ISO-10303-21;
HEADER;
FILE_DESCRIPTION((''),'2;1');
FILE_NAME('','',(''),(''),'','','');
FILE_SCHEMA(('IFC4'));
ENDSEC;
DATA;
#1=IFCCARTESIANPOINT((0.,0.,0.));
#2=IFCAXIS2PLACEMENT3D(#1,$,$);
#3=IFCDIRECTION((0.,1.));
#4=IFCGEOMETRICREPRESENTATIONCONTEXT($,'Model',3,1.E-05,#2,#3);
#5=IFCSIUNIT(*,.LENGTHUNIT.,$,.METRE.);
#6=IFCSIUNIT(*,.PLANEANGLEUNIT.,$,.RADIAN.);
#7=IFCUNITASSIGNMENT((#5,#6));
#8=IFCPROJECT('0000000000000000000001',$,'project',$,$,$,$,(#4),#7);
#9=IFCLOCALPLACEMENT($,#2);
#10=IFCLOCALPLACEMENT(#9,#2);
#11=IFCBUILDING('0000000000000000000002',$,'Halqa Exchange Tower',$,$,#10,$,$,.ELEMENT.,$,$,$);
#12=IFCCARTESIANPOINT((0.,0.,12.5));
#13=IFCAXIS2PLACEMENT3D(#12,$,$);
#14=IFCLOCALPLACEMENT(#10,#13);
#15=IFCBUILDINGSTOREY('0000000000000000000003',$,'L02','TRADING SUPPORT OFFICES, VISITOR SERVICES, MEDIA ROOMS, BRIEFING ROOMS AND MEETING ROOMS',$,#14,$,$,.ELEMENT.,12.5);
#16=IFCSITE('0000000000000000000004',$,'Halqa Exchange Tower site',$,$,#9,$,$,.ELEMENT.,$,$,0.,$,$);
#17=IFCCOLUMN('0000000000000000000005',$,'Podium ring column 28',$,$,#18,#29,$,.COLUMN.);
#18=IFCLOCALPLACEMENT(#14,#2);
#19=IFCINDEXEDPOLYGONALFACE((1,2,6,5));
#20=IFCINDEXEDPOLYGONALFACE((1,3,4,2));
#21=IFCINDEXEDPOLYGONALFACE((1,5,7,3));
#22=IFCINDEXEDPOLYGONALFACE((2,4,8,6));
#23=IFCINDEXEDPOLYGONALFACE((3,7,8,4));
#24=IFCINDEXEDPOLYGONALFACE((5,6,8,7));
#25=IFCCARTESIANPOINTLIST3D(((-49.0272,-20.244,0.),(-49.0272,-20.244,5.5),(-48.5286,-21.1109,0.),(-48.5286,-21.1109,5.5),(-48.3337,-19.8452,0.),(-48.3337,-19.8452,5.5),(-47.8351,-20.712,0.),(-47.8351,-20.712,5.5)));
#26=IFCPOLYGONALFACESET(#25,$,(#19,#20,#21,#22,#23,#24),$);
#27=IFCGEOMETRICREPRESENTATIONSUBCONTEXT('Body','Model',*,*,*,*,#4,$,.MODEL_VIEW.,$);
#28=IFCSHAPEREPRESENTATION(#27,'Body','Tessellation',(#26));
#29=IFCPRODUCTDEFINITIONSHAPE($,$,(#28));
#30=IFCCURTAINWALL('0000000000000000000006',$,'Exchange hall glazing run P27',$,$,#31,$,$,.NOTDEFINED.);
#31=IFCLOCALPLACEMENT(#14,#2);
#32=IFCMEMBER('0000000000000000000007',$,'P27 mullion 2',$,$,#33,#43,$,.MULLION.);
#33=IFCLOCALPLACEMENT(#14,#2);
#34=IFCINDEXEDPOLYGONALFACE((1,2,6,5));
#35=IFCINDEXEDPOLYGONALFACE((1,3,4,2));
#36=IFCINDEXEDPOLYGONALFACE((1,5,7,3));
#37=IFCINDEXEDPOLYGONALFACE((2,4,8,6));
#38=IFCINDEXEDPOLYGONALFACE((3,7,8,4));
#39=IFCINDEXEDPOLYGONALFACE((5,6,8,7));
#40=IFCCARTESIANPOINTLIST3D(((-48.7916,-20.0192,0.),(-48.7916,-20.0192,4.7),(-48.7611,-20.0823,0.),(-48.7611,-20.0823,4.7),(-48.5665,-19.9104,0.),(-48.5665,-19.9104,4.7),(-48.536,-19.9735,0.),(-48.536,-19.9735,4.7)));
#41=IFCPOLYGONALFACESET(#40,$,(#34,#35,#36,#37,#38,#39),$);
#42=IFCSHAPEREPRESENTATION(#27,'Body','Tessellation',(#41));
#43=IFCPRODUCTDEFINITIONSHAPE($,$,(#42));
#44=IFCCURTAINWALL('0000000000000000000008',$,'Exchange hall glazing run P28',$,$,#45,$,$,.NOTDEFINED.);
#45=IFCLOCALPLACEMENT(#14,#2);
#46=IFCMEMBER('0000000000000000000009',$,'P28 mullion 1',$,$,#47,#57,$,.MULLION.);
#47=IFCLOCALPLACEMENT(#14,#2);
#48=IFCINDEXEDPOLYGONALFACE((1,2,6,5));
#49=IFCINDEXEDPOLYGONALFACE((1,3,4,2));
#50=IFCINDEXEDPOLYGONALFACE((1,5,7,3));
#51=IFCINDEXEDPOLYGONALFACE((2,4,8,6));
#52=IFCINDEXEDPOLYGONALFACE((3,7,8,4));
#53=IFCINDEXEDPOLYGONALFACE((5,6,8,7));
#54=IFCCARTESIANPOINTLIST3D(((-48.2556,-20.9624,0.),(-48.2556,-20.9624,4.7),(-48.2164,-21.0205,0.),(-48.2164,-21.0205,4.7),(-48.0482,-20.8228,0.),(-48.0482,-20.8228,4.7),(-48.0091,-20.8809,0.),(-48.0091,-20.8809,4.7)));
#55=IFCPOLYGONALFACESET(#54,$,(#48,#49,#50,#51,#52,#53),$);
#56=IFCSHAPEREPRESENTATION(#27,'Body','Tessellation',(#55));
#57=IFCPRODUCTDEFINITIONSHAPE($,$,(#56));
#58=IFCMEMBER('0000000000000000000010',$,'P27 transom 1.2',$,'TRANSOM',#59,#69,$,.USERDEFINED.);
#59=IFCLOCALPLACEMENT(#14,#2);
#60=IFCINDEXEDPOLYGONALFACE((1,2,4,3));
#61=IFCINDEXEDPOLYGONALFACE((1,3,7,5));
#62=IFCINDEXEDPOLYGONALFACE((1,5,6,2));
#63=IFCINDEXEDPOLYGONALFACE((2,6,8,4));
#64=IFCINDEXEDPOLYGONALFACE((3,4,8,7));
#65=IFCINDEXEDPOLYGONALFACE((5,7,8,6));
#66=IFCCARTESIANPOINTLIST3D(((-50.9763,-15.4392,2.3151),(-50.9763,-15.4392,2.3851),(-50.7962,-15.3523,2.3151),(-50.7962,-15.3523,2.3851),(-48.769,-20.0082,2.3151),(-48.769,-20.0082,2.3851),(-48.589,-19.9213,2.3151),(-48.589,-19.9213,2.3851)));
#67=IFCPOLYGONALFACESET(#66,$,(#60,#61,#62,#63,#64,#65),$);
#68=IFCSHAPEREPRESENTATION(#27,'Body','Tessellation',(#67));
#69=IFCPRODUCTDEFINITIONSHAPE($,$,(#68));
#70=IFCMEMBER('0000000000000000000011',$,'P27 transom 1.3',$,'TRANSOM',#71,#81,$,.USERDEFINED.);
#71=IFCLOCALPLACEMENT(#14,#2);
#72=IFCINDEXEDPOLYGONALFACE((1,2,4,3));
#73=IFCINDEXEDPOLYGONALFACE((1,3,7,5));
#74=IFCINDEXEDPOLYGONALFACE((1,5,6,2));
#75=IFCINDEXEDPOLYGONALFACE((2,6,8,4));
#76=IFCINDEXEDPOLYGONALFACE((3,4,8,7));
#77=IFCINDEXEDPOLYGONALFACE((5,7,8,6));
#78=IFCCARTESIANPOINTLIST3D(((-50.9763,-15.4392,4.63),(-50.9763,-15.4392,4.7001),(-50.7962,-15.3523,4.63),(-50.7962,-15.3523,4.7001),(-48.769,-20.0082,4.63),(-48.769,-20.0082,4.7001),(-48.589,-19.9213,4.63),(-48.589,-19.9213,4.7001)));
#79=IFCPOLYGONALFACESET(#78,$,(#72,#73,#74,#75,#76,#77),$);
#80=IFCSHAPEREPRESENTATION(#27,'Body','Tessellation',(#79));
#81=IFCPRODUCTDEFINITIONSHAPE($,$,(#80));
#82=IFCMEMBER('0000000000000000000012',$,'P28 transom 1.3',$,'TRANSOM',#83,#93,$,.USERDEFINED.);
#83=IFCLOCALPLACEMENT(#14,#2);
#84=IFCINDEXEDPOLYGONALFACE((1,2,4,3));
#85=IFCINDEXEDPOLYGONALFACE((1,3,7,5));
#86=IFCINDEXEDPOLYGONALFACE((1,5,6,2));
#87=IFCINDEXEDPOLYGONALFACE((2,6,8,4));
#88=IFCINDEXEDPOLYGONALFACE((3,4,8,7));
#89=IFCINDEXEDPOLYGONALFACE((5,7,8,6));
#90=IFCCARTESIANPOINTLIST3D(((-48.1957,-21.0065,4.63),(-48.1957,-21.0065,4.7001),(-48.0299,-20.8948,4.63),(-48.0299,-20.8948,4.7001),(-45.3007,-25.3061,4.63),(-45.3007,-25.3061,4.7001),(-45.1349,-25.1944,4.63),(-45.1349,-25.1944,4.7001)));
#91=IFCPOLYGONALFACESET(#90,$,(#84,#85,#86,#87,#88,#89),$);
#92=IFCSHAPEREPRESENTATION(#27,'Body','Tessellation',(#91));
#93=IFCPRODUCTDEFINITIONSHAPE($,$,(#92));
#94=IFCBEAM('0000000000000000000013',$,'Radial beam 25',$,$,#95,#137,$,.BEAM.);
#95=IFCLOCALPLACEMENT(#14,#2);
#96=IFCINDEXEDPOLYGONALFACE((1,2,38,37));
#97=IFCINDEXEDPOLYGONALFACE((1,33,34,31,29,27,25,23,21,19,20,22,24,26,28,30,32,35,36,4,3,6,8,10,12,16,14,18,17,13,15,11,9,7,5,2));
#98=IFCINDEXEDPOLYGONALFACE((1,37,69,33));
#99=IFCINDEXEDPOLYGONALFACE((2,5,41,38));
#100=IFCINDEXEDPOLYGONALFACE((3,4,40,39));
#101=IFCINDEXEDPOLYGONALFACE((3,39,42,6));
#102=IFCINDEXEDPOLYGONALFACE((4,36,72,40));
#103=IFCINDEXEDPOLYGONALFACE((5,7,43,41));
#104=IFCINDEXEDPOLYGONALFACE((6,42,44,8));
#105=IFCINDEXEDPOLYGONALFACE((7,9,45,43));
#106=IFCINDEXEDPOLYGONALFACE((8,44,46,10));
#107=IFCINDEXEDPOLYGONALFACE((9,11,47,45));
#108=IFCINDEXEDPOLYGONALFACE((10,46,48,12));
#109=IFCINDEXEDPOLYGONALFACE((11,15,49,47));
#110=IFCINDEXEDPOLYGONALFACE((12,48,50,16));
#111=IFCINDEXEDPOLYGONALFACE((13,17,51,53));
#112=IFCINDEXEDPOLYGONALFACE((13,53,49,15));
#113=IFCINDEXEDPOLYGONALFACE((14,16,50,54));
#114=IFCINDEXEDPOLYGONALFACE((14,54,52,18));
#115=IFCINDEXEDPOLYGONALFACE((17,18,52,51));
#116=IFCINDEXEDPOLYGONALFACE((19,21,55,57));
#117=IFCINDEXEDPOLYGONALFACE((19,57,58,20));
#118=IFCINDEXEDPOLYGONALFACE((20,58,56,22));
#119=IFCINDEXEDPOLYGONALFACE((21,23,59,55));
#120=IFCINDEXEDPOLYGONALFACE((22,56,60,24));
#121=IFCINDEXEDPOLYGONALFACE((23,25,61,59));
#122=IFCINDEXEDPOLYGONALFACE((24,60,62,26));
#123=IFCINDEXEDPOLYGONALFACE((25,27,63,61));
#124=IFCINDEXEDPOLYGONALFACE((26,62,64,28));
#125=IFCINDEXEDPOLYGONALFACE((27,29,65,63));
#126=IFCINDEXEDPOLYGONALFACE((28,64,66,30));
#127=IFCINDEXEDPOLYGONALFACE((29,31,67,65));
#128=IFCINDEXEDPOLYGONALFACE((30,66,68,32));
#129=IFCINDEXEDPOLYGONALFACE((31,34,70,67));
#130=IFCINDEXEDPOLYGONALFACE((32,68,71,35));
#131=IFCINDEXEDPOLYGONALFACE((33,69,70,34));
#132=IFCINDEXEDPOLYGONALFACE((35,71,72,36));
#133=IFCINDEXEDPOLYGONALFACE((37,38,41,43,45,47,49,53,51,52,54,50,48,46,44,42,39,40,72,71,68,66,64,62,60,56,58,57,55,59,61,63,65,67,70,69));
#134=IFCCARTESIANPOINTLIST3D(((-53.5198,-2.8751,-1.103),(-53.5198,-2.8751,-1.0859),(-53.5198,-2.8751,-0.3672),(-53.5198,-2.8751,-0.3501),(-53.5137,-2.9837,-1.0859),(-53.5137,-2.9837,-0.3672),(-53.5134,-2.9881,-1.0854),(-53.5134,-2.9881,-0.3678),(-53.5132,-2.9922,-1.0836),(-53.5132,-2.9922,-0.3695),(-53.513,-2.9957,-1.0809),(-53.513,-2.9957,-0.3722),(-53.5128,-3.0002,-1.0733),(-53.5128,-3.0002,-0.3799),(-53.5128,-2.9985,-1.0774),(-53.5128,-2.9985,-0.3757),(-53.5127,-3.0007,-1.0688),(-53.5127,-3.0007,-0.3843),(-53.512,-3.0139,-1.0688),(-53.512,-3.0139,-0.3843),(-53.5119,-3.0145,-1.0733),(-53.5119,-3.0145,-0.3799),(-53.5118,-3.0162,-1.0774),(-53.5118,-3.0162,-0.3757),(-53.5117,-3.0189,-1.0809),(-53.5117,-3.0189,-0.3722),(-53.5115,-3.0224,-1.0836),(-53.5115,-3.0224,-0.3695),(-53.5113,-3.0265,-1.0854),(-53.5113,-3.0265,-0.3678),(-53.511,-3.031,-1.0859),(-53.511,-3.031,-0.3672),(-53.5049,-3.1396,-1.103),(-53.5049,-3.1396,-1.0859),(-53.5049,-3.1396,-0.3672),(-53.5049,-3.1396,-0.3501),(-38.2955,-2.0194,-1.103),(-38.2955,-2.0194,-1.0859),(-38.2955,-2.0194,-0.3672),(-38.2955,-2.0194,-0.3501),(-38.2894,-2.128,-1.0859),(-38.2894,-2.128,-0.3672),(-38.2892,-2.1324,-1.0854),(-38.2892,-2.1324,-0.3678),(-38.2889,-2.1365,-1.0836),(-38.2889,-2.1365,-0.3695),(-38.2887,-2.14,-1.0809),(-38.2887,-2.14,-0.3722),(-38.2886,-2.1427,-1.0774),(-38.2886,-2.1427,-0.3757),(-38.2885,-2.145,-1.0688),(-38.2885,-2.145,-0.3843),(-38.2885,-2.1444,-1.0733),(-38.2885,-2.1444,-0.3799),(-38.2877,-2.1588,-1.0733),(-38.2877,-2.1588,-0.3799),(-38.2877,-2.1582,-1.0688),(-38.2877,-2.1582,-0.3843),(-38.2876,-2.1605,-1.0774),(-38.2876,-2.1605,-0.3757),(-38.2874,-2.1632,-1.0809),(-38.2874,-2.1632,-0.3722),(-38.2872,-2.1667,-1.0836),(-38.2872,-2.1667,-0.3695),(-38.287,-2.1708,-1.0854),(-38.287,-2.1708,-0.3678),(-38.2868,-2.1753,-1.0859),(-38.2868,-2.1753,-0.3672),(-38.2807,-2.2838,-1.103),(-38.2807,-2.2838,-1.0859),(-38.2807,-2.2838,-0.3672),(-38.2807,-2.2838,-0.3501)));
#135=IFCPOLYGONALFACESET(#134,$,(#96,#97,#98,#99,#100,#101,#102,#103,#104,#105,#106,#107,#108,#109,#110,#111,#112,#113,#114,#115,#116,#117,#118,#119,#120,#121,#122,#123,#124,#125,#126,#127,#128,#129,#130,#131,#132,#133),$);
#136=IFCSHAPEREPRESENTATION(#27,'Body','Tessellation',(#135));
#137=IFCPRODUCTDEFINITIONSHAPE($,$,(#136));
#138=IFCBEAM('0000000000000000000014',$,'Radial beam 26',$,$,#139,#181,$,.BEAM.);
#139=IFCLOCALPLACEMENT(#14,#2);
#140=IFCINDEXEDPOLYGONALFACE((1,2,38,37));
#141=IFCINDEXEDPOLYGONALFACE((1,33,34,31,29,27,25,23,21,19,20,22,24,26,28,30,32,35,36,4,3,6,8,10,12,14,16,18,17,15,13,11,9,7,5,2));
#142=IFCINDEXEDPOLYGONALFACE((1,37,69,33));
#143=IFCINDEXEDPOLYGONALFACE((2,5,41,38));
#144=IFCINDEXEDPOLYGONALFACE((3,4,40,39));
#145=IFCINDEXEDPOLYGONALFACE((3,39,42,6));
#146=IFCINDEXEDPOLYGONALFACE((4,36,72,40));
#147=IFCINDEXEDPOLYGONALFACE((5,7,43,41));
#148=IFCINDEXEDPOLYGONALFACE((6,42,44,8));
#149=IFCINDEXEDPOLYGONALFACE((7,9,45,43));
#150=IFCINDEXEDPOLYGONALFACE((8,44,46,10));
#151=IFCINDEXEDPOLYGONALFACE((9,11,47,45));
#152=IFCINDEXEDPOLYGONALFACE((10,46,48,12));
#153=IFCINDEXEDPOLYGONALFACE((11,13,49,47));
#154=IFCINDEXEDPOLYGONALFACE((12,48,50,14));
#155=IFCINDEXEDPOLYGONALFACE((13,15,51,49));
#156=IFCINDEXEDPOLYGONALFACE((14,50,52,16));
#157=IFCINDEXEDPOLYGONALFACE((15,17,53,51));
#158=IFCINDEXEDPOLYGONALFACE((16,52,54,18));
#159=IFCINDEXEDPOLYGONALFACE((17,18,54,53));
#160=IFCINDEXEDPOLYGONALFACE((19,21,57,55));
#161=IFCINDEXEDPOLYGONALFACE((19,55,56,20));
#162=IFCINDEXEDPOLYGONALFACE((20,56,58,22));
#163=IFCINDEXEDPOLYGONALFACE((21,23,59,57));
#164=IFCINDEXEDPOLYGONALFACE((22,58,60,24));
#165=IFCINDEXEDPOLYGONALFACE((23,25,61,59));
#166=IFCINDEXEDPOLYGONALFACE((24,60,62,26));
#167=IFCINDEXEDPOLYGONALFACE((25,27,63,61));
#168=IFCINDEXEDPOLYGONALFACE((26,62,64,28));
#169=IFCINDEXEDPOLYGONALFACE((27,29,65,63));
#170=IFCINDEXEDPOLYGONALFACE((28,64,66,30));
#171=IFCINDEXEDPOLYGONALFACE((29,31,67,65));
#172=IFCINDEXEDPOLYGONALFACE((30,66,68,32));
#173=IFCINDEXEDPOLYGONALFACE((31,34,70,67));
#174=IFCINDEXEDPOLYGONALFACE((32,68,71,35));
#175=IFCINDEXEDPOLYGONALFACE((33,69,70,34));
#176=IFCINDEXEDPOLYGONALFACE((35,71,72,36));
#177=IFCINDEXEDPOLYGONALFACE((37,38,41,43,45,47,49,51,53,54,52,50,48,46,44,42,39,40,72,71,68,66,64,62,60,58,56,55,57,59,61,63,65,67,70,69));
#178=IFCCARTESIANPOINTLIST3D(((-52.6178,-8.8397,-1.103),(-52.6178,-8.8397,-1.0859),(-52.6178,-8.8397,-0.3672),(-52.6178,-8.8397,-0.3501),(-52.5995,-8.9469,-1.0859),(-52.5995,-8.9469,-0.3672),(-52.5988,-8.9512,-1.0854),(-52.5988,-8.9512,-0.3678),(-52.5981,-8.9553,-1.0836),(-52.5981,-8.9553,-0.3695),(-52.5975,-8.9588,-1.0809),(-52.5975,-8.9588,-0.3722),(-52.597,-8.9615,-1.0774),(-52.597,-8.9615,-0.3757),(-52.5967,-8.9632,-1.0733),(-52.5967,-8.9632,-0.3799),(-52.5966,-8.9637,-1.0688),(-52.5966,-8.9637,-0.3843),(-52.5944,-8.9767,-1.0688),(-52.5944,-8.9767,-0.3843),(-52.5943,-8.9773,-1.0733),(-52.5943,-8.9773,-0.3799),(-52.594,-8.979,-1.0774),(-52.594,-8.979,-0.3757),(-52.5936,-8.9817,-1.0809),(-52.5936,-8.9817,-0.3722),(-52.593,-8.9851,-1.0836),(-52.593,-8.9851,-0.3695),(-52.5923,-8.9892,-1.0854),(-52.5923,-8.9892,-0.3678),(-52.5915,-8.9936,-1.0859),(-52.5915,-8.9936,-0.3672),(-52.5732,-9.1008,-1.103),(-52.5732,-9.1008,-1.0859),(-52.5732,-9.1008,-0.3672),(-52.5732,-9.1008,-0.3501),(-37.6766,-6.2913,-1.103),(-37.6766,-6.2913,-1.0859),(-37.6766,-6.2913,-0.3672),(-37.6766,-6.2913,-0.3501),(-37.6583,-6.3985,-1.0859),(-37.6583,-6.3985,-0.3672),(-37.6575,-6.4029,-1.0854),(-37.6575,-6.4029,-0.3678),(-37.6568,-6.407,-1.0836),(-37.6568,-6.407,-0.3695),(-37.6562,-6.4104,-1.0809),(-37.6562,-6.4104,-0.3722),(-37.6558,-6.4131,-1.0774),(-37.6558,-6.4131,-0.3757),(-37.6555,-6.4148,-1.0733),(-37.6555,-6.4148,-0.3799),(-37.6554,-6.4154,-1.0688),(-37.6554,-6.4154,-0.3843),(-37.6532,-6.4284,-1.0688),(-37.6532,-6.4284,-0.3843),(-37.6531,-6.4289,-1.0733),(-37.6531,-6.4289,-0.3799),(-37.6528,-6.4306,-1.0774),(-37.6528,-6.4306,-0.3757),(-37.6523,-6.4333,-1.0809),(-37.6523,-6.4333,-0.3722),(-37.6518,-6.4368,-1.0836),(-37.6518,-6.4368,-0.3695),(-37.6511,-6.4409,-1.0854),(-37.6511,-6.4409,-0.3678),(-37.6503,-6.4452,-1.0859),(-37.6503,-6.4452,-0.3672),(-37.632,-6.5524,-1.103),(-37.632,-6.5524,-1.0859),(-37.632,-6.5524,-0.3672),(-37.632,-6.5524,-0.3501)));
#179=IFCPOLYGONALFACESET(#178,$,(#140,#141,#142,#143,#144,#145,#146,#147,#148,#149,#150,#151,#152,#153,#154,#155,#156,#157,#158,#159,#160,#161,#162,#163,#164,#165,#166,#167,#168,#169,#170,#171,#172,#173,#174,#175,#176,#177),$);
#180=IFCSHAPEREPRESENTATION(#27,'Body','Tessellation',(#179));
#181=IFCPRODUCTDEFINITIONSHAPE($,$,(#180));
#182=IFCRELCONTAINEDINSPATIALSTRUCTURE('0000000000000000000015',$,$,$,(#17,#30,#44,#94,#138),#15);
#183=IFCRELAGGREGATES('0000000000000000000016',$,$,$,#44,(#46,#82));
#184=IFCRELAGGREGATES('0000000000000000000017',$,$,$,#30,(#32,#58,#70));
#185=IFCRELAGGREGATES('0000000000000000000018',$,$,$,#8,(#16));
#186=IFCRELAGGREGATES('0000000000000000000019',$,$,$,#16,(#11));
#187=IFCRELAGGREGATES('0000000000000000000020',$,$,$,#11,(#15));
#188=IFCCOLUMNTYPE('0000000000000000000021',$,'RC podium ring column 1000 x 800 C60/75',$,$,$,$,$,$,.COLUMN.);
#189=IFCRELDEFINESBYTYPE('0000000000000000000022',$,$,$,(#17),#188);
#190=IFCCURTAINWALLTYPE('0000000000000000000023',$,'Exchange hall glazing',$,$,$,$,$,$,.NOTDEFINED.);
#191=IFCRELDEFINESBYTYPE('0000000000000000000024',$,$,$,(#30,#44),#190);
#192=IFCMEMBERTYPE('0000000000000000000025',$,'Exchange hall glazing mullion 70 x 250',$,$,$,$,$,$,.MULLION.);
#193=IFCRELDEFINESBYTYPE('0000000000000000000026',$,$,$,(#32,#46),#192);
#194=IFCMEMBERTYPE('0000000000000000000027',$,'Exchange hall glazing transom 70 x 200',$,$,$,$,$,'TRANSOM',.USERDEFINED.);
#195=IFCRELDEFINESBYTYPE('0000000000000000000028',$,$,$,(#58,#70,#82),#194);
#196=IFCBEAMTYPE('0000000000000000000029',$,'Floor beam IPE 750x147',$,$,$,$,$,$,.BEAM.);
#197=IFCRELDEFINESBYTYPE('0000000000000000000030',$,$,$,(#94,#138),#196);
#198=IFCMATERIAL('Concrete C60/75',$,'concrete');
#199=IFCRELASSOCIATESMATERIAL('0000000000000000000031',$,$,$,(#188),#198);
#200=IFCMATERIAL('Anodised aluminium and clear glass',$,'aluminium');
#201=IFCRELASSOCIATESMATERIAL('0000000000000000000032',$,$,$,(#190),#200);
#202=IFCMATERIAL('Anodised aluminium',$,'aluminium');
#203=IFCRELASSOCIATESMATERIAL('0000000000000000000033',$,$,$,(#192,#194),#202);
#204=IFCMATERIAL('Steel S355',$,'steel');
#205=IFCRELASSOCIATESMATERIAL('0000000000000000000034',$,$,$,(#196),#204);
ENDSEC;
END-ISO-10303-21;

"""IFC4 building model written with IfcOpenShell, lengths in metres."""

from ifc_helpers import new_model, si_unit, direction, frame, origin, origin_2d, place, context, subcontext, project, spatial, rectangle, i_section, extrude, material, material_profile, profile_set, type_object, element, aggregate, save


model = new_model("IFC4")

# Units and contexts
model_context = context("Model", 3, precision=1e-05, world=origin(), true_north=direction((0.0, 1.0)))
body_context = subcontext(model_context, "Body", "Model", "MODEL_VIEW")
ifc_project = project(units=[si_unit("LENGTHUNIT", "METRE"), si_unit("PLANEANGLEUNIT", "RADIAN")], contexts=[model_context])

# Site, building, storey
site_placement = place(None, origin())
site = spatial("IfcSite", under=ifc_project, at=site_placement, Name="Halqa Exchange Tower site", CompositionType="ELEMENT", RefElevation=0.0)
building_placement = place(site_placement, origin())
building = spatial("IfcBuilding", under=site, at=building_placement, Name="Halqa Exchange Tower", CompositionType="ELEMENT")
storey_placement = place(building_placement, frame((0.0, 0.0, 12.5)))
storey = spatial("IfcBuildingStorey", under=building, at=storey_placement, Name="L02", Description="TRADING SUPPORT OFFICES, VISITOR SERVICES, MEDIA ROOMS, BRIEFING ROOMS AND MEETING ROOMS", CompositionType="ELEMENT", Elevation=12.5)

# Column
ifc_material_1 = material(Name="Concrete C60/75", Category="concrete")
ifc_material_profile_1 = material_profile(ifc_material_1, rectangle(XDim=1.0, YDim=0.8, at=origin_2d()), Name="1000 x 800")
ifc_profile_set_1 = profile_set([ifc_material_profile_1], Name="Concrete C60/75")
column_type = type_object("IfcColumnType", Name="RC podium ring column 1000 x 800 C60/75", PredefinedType="COLUMN", material=ifc_profile_set_1)
column_placement = place(storey_placement, frame((-48.4312, -20.478, 0.0), z_axis=(0.0, 0.0, 1.0), x_axis=(0.498569, -0.86685, 0.0)))
element("IfcColumn", 1, at=column_placement, inside=storey, type_object=column_type, Name="Podium ring column 28", PredefinedType="COLUMN", context=body_context, shape_type="SweptSolid", body=[
    extrude(rectangle(XDim=1.0, YDim=0.8, at=origin_2d()), origin(), (0.0, 0.0, 1.0), 5.5),
])

# Curtain walls, members
ifc_material_2 = material(Name="Anodised aluminium and clear glass", Category="aluminium")
curtain_wall_type = type_object("IfcCurtainWallType", Name="Exchange hall glazing", PredefinedType="NOTDEFINED", material=ifc_material_2)
curtain_wall_1_placement = place(storey_placement, origin())
curtain_wall_1 = element("IfcCurtainWall", 2, at=curtain_wall_1_placement, inside=storey, type_object=curtain_wall_type, Name="Exchange hall glazing run P27", PredefinedType="NOTDEFINED")
ifc_material_3 = material(Name="Anodised aluminium", Category="aluminium")
ifc_material_profile_2 = material_profile(ifc_material_3, rectangle(XDim=0.25, YDim=0.0701, at=origin_2d()), Name="AL 70x250")
ifc_profile_set_2 = profile_set([ifc_material_profile_2], Name="Anodised aluminium")
member_type_1 = type_object("IfcMemberType", Name="Exchange hall glazing mullion 70 x 250", PredefinedType="MULLION", material=ifc_profile_set_2)
member_1_placement = place(storey_placement, frame((-48.6638, -19.9963, 0.0), z_axis=(0.0, 0.0, 1.0), x_axis=(0.900435, 0.43499, 0.0)))
member_1 = element("IfcMember", 3, at=member_1_placement, type_object=member_type_1, Name="P27 mullion 2", PredefinedType="MULLION", context=body_context, shape_type="SweptSolid", body=[
    extrude(rectangle(XDim=0.25, YDim=0.0701, at=origin_2d()), origin(), (0.0, 0.0, 1.0), 4.7),
])
curtain_wall_2_placement = place(storey_placement, origin())
curtain_wall_2 = element("IfcCurtainWall", 4, at=curtain_wall_2_placement, inside=storey, type_object=curtain_wall_type, Name="Exchange hall glazing run P28", PredefinedType="NOTDEFINED")
member_2_placement = place(storey_placement, frame((-48.1323, -20.9216, 0.0), z_axis=(0.0, 0.0, 1.0), x_axis=(0.82949, 0.558522, 0.0)))
member_2 = element("IfcMember", 5, at=member_2_placement, type_object=member_type_1, Name="P28 mullion 1", PredefinedType="MULLION", context=body_context, shape_type="SweptSolid", body=[
    extrude(rectangle(XDim=0.25, YDim=0.0701, at=origin_2d()), origin(), (0.0, 0.0, 1.0), 4.7),
])

# Members
ifc_material_profile_3 = material_profile(ifc_material_3, rectangle(XDim=0.2, YDim=0.0701, at=origin_2d()), Name="AL 70x200")
ifc_profile_set_3 = profile_set([ifc_material_profile_3], Name="Anodised aluminium")
member_type_2 = type_object("IfcMemberType", Name="Exchange hall glazing transom 70 x 200", ElementType="TRANSOM", PredefinedType="USERDEFINED", material=ifc_profile_set_3)
member_3_placement = place(storey_placement, frame((-50.8862, -15.3958, 2.3501), z_axis=(0.43499, -0.900435, 0.0), x_axis=(0.900435, 0.43499, 0.0)))
member_3 = element("IfcMember", 6, at=member_3_placement, type_object=member_type_2, Name="P27 transom 1.2", ObjectType="TRANSOM", PredefinedType="USERDEFINED", context=body_context, shape_type="SweptSolid", body=[
    extrude(rectangle(XDim=0.2, YDim=0.0701, at=origin_2d()), origin(), (0.0, 0.0, 1.0), 5.0742),
])
member_4_placement = place(storey_placement, frame((-50.8862, -15.3958, 4.665), z_axis=(0.43499, -0.900435, 0.0), x_axis=(0.900435, 0.43499, 0.0)))
member_4 = element("IfcMember", 7, at=member_4_placement, type_object=member_type_2, Name="P27 transom 1.3", ObjectType="TRANSOM", PredefinedType="USERDEFINED", context=body_context, shape_type="SweptSolid", body=[
    extrude(rectangle(XDim=0.2, YDim=0.0701, at=origin_2d()), origin(), (0.0, 0.0, 1.0), 5.0742),
])
member_5_placement = place(storey_placement, frame((-48.1128, -20.9507, 4.665), z_axis=(0.55852, -0.829491, 0.0), x_axis=(0.829491, 0.55852, 0.0)))
member_5 = element("IfcMember", 8, at=member_5_placement, type_object=member_type_2, Name="P28 transom 1.3", ObjectType="TRANSOM", PredefinedType="USERDEFINED", context=body_context, shape_type="SweptSolid", body=[
    extrude(rectangle(XDim=0.2, YDim=0.0701, at=origin_2d()), origin(), (0.0, 0.0, 1.0), 5.1833),
])
aggregate(curtain_wall_2, [member_2, member_5])

# Beams
ifc_material_4 = material(Name="Steel S355", Category="steel")
ifc_material_profile_4 = material_profile(ifc_material_4, i_section(OverallWidth=0.2649, OverallDepth=0.7529, WebThickness=0.0132, FlangeThickness=0.0171, FilletRadius=0.0171, at=origin_2d()), Name="IPE 750x147")
ifc_profile_set_4 = profile_set([ifc_material_profile_4], Name="Steel S355")
beam_type_1 = type_object("IfcBeamType", Name="Floor beam IPE 750x147", PredefinedType="BEAM", material=ifc_profile_set_4)
beam_1_placement = place(storey_placement, frame((-38.2881, -2.1516, -0.7266), z_axis=(-0.998424, -0.056118, 0.0), x_axis=(0.056118, -0.998424, 0.0)))
element("IfcBeam", 9, at=beam_1_placement, inside=storey, type_object=beam_type_1, Name="Radial beam 25", PredefinedType="BEAM", context=body_context, shape_type="SweptSolid", body=[
    extrude(i_section(OverallWidth=0.2649, OverallDepth=0.7529, WebThickness=0.0132, FlangeThickness=0.0171, FilletRadius=0.0171, at=origin_2d()), origin(), (0.0, 0.0, 1.0), 15.2483),
])
beam_2_placement = place(storey_placement, frame((-37.6543, -6.4219, -0.7266), z_axis=(-0.985765, -0.16813, 0.0), x_axis=(0.16813, -0.985765, 0.0)))
element("IfcBeam", 10, at=beam_2_placement, inside=storey, type_object=beam_type_1, Name="Radial beam 26", PredefinedType="BEAM", context=body_context, shape_type="SweptSolid", body=[
    extrude(i_section(OverallWidth=0.2649, OverallDepth=0.7529, WebThickness=0.0132, FlangeThickness=0.0171, FilletRadius=0.0171, at=origin_2d()), origin(), (0.0, 0.0, 1.0), 15.157),
])

aggregate(curtain_wall_1, [member_1, member_3, member_4])

save(model, "model.ifc")
